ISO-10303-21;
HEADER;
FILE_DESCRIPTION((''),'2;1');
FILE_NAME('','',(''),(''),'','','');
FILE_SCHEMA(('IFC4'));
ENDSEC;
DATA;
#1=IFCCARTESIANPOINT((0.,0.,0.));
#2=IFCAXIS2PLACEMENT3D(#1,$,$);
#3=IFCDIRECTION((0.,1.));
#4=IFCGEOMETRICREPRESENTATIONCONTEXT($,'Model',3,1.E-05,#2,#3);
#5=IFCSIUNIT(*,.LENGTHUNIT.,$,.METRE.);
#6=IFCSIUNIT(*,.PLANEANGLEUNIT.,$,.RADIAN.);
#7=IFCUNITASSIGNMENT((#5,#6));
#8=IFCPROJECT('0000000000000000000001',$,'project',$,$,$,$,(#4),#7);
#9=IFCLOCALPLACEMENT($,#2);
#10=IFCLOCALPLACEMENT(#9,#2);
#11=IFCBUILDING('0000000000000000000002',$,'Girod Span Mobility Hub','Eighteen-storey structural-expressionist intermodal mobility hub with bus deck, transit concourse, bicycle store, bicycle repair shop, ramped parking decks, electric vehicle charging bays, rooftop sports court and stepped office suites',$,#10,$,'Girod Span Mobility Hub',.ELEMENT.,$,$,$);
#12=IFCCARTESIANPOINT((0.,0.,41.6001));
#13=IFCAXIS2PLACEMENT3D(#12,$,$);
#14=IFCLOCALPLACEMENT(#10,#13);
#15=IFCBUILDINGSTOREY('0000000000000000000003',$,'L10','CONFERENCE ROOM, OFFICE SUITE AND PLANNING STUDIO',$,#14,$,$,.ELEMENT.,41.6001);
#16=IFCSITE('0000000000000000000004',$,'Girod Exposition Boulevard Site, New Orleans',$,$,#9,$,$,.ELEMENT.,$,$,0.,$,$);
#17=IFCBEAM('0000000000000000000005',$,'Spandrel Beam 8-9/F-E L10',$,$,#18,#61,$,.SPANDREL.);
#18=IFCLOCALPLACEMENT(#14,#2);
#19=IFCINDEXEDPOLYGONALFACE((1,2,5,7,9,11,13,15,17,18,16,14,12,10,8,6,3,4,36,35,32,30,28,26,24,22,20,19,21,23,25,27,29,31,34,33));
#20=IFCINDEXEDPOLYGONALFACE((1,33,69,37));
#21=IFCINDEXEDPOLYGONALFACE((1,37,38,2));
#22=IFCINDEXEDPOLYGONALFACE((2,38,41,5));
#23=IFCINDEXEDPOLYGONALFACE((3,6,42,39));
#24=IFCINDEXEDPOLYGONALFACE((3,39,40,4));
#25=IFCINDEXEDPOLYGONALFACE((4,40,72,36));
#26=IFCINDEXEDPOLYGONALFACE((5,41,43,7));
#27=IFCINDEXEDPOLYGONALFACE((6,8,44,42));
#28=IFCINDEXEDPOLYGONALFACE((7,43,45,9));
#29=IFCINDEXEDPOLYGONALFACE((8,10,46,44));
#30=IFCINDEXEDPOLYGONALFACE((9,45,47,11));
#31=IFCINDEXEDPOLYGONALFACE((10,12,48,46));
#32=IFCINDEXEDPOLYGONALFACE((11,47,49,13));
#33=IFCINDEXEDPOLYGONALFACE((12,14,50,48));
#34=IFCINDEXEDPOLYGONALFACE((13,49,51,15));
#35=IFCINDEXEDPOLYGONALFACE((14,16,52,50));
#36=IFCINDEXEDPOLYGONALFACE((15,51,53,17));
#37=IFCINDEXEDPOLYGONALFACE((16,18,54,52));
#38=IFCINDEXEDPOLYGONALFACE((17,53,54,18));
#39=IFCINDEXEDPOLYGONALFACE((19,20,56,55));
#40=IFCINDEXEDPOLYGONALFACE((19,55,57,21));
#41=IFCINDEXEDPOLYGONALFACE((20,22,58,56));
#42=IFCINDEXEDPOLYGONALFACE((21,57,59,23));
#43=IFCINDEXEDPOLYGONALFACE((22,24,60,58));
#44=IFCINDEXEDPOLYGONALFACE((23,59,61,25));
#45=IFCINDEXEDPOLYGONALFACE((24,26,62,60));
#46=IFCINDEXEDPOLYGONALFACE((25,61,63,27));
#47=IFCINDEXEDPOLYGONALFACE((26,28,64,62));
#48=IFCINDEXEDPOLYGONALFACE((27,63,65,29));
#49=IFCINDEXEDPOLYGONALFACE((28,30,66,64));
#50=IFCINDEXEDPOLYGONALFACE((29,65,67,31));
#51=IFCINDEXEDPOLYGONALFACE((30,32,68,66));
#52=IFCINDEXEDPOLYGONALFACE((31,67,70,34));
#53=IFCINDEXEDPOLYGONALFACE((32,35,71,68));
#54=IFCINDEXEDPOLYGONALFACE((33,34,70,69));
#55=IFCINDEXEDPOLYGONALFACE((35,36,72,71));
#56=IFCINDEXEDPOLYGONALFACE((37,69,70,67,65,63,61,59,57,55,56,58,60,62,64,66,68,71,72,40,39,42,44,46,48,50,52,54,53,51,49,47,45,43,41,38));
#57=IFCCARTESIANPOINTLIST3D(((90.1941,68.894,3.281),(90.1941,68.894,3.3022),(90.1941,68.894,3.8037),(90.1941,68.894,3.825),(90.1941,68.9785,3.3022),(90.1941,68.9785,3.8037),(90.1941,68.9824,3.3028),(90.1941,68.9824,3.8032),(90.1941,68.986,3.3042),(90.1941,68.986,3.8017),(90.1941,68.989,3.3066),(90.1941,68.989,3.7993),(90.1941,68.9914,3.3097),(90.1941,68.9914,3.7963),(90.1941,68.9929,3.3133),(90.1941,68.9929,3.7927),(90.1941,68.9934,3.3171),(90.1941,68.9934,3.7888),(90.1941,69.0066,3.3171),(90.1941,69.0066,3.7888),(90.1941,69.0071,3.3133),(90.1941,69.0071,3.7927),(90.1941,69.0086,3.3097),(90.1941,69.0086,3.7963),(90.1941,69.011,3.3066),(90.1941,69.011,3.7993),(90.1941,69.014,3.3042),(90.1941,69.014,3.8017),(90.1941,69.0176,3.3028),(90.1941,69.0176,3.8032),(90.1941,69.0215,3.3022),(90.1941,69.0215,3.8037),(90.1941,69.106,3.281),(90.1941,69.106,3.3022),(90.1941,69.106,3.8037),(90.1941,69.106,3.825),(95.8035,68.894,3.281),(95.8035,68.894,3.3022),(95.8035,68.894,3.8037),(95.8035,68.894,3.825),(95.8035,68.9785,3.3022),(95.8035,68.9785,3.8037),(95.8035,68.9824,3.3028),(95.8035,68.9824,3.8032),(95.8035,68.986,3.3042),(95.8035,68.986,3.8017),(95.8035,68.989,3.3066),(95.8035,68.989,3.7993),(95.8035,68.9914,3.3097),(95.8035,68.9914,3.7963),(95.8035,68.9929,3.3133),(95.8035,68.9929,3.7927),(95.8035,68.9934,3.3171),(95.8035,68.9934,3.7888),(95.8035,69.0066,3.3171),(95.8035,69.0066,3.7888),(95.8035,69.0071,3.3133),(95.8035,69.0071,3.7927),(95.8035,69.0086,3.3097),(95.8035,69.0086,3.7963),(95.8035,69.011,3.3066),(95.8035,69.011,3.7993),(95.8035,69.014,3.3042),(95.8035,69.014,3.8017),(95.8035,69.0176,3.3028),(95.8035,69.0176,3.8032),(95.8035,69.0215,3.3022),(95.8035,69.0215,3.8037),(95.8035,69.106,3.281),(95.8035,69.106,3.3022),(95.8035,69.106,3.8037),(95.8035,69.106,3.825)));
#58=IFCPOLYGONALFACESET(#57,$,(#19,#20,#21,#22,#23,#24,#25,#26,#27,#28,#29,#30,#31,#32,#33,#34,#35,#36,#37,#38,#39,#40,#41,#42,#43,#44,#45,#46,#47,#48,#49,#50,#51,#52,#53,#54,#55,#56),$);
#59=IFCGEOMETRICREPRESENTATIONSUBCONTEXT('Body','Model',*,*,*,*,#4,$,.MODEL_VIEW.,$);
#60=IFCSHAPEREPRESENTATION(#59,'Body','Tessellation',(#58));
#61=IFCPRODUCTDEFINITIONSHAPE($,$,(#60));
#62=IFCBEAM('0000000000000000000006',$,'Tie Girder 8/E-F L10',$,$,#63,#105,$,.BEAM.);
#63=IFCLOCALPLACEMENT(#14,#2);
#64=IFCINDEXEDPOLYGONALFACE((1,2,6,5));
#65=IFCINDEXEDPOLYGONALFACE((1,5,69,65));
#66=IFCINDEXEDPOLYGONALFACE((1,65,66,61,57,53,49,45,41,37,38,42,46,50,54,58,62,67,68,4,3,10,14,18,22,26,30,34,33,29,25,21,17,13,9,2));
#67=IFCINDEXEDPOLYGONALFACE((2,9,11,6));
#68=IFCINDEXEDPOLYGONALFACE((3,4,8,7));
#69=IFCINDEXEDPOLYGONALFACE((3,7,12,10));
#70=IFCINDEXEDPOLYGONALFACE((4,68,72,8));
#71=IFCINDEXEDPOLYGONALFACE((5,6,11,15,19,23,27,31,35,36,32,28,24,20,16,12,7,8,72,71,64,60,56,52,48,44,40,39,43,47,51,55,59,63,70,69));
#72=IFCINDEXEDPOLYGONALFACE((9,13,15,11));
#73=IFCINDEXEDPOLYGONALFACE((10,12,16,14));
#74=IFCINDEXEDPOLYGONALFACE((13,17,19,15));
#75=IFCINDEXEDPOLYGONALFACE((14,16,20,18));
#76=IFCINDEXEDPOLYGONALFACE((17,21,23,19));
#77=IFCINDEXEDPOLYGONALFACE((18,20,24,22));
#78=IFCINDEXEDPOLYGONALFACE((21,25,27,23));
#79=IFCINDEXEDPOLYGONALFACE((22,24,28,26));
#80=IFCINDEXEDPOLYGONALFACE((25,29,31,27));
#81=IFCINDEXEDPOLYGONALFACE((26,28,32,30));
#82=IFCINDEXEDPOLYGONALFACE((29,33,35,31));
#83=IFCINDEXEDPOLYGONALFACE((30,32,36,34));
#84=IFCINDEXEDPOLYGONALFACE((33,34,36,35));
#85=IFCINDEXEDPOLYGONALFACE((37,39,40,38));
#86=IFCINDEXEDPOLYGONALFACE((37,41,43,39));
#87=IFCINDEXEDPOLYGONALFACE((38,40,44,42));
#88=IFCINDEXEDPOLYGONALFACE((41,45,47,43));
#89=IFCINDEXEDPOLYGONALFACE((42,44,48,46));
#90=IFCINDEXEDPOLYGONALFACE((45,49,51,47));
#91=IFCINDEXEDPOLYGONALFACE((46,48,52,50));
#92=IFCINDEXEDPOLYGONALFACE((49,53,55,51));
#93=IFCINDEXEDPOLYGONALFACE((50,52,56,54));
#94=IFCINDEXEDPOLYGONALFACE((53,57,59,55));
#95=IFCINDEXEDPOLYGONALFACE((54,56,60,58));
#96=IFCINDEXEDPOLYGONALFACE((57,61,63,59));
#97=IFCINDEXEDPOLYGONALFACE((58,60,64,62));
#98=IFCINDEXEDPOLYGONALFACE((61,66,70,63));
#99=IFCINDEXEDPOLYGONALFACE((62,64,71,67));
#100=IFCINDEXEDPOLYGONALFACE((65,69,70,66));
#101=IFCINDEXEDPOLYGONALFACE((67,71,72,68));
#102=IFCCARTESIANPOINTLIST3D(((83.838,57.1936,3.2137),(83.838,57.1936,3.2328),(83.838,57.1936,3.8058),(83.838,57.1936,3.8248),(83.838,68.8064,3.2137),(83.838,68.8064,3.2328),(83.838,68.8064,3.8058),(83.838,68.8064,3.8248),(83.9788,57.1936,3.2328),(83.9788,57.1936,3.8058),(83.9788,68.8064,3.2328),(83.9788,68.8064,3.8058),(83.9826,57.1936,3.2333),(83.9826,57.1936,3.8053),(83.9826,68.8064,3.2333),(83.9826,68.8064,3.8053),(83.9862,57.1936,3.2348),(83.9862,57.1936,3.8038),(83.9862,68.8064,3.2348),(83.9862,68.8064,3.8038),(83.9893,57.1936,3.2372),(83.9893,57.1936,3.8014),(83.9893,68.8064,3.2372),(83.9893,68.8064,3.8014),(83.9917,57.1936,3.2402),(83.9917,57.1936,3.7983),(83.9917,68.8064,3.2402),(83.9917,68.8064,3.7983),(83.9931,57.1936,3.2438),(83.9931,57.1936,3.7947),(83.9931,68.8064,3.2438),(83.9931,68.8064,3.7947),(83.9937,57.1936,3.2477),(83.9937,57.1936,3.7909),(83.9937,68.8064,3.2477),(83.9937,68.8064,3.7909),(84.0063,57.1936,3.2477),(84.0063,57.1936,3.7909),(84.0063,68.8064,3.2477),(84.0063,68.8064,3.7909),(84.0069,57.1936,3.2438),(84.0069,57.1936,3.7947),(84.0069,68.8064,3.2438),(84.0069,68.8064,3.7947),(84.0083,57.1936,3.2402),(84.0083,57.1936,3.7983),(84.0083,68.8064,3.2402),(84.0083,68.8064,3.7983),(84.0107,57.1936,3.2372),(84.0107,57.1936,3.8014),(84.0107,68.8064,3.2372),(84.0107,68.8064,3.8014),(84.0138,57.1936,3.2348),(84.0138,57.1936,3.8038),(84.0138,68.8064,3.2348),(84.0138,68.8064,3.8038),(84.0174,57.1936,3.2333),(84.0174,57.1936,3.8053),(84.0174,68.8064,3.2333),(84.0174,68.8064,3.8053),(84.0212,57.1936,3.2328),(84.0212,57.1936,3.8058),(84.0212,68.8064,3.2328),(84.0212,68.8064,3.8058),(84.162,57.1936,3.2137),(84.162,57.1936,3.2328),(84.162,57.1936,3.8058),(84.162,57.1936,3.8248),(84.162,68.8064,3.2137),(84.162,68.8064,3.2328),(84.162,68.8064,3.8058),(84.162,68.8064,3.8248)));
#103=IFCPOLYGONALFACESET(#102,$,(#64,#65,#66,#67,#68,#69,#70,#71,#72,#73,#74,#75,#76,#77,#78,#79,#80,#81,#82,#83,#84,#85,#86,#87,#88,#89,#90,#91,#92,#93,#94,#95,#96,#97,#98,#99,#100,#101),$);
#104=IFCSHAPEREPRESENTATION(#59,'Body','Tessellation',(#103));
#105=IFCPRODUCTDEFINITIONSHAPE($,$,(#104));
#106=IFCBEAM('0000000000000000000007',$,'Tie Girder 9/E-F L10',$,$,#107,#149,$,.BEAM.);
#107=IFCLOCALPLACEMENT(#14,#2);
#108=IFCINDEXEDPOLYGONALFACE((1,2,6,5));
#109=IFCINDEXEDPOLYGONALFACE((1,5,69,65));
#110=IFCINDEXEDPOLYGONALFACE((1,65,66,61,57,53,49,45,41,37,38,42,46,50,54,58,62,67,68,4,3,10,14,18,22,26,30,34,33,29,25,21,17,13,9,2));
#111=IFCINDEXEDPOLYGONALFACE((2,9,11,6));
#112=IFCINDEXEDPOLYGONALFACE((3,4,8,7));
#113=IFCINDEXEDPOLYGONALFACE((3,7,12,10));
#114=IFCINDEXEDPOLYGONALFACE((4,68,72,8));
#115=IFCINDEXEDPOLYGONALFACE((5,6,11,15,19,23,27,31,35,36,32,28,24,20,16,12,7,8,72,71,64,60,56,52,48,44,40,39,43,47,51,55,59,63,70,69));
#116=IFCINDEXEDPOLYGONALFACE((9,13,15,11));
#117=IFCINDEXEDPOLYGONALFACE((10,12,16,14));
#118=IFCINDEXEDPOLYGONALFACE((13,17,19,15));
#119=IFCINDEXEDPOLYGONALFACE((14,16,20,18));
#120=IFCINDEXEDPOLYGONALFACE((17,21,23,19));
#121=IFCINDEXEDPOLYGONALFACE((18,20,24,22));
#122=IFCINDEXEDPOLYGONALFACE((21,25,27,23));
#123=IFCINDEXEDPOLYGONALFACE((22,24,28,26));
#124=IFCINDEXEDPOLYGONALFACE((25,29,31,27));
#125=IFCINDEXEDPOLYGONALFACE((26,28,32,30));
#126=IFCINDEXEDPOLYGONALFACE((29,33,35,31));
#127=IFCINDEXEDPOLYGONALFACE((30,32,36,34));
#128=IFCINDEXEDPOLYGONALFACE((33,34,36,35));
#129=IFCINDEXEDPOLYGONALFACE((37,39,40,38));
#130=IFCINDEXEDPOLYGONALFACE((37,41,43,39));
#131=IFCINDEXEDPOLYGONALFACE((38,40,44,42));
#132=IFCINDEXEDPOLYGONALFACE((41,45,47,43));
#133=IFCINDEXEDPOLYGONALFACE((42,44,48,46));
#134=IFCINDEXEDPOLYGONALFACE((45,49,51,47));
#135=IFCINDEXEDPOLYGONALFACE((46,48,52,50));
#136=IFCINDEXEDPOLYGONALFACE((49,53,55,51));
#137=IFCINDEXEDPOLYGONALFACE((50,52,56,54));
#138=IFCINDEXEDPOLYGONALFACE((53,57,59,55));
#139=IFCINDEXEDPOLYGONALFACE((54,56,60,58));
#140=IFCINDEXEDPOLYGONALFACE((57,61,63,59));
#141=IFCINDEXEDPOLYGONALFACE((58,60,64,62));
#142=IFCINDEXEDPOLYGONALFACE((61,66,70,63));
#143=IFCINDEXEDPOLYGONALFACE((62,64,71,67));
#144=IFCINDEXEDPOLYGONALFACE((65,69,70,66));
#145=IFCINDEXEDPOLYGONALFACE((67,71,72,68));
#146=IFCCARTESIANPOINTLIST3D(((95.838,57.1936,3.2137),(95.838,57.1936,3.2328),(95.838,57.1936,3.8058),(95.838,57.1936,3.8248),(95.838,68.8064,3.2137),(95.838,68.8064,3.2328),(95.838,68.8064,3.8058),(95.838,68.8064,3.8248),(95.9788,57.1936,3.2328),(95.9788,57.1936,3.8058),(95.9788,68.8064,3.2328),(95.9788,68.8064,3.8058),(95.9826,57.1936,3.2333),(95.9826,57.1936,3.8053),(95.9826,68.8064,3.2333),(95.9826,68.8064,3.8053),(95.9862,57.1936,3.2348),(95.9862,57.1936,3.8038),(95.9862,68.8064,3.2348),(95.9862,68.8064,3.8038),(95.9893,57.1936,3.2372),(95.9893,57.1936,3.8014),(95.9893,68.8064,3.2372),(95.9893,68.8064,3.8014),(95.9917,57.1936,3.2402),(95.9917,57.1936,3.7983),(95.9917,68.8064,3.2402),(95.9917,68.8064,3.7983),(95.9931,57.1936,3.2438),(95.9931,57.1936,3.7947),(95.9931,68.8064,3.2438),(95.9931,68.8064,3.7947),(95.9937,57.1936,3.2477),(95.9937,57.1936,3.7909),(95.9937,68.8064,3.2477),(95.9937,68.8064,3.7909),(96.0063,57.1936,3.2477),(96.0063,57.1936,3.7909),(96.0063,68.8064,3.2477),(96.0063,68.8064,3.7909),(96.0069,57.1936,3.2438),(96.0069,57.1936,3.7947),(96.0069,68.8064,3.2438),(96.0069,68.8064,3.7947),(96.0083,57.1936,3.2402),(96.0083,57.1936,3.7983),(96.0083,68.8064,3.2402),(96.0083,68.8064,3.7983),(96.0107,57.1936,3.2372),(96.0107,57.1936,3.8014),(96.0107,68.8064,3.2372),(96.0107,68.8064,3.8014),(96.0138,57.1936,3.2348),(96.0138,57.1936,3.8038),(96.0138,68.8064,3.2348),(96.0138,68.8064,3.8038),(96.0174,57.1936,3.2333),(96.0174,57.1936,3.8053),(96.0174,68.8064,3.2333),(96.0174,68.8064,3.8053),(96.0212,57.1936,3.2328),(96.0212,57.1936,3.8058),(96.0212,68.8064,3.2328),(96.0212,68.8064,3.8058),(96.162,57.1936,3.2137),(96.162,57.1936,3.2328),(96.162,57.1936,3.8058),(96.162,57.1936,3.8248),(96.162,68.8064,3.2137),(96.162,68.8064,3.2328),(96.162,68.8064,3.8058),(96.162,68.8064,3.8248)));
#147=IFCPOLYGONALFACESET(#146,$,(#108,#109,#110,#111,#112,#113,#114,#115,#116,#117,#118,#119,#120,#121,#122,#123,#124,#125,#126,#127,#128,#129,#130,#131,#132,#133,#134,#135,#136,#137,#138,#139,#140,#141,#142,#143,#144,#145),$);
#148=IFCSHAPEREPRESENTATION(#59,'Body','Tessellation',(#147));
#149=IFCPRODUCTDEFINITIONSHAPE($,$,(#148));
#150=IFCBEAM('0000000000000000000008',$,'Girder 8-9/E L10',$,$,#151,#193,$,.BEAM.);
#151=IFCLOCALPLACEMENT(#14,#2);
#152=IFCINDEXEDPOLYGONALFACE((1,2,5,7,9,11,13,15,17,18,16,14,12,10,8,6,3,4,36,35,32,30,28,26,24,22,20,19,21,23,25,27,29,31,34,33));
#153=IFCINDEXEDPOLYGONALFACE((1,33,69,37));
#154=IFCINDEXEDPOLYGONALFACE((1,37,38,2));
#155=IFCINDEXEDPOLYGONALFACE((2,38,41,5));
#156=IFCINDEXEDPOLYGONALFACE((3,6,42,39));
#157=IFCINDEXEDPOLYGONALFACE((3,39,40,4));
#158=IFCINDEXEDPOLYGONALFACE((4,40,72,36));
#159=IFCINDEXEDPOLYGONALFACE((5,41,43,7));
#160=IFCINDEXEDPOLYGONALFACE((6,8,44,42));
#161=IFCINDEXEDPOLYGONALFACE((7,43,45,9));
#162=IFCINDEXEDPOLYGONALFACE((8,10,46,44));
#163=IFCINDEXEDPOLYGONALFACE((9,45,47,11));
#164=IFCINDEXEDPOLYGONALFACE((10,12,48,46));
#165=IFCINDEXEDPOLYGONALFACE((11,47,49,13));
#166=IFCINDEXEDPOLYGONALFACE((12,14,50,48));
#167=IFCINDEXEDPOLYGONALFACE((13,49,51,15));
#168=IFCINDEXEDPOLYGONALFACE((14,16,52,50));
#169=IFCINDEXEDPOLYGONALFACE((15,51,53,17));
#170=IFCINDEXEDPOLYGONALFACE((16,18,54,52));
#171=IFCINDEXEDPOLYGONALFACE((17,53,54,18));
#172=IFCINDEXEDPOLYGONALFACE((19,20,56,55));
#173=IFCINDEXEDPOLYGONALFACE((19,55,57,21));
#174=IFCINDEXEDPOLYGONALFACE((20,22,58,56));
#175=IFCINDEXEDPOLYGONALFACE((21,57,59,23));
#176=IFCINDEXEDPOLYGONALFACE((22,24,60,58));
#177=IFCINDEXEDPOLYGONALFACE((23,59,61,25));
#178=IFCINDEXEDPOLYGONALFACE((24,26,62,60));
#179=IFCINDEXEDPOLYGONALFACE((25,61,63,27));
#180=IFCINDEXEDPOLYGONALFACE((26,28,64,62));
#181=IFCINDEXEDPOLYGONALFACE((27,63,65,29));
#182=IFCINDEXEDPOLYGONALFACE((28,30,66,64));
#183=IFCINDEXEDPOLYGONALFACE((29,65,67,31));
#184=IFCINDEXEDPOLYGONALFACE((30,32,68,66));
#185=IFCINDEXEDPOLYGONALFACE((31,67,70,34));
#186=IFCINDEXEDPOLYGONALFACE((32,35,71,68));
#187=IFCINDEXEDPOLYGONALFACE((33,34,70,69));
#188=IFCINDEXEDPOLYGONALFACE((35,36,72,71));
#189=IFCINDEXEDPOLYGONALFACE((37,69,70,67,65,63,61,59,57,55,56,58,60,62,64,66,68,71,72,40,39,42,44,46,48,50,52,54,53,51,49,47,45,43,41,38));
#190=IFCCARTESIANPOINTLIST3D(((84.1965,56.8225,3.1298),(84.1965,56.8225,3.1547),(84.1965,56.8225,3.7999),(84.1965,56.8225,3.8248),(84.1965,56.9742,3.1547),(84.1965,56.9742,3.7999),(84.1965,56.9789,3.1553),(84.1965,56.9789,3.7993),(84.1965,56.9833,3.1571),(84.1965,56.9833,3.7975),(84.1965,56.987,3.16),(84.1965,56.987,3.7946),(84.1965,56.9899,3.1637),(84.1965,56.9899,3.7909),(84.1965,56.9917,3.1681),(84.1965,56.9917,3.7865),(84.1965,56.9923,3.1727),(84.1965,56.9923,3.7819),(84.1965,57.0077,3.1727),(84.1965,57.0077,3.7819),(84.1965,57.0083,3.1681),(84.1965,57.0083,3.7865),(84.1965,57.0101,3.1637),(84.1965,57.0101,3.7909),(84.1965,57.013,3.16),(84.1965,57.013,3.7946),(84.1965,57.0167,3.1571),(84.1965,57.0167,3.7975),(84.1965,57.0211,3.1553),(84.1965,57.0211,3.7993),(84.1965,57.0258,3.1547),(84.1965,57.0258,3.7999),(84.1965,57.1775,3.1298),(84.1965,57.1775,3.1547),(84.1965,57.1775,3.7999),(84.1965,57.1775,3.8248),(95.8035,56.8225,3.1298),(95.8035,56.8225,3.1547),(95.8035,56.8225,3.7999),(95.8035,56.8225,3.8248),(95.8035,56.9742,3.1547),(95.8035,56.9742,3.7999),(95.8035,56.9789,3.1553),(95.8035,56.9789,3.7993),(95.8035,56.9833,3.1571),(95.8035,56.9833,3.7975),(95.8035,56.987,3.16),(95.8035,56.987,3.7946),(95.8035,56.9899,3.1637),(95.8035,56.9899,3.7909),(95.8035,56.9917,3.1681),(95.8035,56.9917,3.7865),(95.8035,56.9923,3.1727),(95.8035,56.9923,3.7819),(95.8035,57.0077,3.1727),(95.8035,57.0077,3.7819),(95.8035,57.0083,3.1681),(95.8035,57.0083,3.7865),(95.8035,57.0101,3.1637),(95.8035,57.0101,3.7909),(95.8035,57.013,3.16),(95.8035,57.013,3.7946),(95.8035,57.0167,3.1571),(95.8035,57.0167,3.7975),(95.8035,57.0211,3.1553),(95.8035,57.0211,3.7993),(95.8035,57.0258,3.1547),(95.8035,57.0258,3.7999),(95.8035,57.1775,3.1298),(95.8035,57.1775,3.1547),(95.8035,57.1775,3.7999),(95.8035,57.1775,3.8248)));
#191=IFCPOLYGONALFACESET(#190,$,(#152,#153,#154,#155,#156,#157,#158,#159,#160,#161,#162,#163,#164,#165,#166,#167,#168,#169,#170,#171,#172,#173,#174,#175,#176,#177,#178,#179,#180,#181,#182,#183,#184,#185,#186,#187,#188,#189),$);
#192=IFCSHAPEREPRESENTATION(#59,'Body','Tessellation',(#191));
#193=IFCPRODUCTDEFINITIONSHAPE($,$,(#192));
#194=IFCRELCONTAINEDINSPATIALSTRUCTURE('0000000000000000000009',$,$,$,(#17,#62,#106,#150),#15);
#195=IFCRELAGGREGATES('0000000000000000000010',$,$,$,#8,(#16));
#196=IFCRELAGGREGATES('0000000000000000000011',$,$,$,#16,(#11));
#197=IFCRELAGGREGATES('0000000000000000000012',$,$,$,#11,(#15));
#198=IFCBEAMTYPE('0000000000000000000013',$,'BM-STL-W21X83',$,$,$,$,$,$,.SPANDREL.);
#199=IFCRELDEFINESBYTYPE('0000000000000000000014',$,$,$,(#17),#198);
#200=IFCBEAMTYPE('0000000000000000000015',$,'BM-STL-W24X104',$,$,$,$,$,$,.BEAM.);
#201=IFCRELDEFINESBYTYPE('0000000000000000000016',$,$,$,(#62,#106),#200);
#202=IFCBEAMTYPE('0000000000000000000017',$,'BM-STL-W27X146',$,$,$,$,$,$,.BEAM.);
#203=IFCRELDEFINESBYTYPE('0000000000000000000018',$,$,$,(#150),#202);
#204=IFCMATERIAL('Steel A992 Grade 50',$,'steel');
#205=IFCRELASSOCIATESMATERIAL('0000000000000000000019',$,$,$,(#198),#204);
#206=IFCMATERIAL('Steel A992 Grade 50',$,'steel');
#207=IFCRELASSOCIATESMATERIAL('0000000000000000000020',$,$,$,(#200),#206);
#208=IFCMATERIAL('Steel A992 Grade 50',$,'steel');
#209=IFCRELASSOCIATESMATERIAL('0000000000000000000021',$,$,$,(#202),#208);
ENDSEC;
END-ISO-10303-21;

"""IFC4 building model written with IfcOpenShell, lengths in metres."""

from ifc_helpers import new_model, si_unit, direction, frame, origin, origin_2d, place, context, subcontext, project, spatial, i_section, extrude, material, material_profile, profile_set, type_object, element, save


model = new_model("IFC4")

# Units and contexts
model_context = context("Model", 3, precision=1e-05, world=origin(), true_north=direction((0.0, 1.0)))
body_context = subcontext(model_context, "Body", "Model", "MODEL_VIEW")
ifc_project = project(units=[si_unit("LENGTHUNIT", "METRE"), si_unit("PLANEANGLEUNIT", "RADIAN")], contexts=[model_context])

# Site, building, storey
site_placement = place(None, origin())
site = spatial("IfcSite", under=ifc_project, at=site_placement, Name="Girod Exposition Boulevard Site, New Orleans", CompositionType="ELEMENT", RefElevation=0.0)
building_placement = place(site_placement, origin())
building = spatial("IfcBuilding", under=site, at=building_placement, Name="Girod Span Mobility Hub", Description="Eighteen-storey structural-expressionist intermodal mobility hub with bus deck, transit concourse, bicycle store, bicycle repair shop, ramped parking decks, electric vehicle charging bays, rooftop sports court and stepped office suites", LongName="Girod Span Mobility Hub", CompositionType="ELEMENT")
storey_placement = place(building_placement, frame((0.0, 0.0, 41.6001)))
storey = spatial("IfcBuildingStorey", under=building, at=storey_placement, Name="L10", Description="CONFERENCE ROOM, OFFICE SUITE AND PLANNING STUDIO", CompositionType="ELEMENT", Elevation=41.6001)

# Beams
ifc_material_1 = material(Name="Steel A992 Grade 50", Category="steel")
ifc_material_profile_1 = material_profile(ifc_material_1, i_section(OverallWidth=0.2119, OverallDepth=0.5439, WebThickness=0.0132, FlangeThickness=0.0212, FilletRadius=0.0149, at=origin_2d()), Name="W21X83")
ifc_profile_set_1 = profile_set([ifc_material_profile_1], Name="Steel A992 Grade 50")
beam_type_1 = type_object("IfcBeamType", Name="BM-STL-W21X83", PredefinedType="SPANDREL", material=ifc_profile_set_1)
for number, where, z_axis, x_axis, name in (
    (1, (90.1941, 69.0, 3.553), (1.0, 0.0, 0.0), (0.0, 1.0, 0.0), "Spandrel Beam 8-9/F-E L10"),
):
    element("IfcBeam", number, at=place(storey_placement, frame(where, z_axis=z_axis, x_axis=x_axis)), inside=storey, type_object=beam_type_1, Name=name, PredefinedType="SPANDREL", context=body_context, shape_type="SweptSolid", body=[
        extrude(i_section(OverallWidth=0.2119, OverallDepth=0.5439, WebThickness=0.0132, FlangeThickness=0.0212, FilletRadius=0.0149, at=origin_2d()), origin(), (0.0, 0.0, 1.0), 5.6094),
    ])
ifc_material_2 = material(Name="Steel A992 Grade 50", Category="steel")
ifc_material_profile_2 = material_profile(ifc_material_2, i_section(OverallWidth=0.324, OverallDepth=0.6111, WebThickness=0.0127, FlangeThickness=0.019, FilletRadius=0.0149, at=origin_2d()), Name="W24X104")
ifc_profile_set_2 = profile_set([ifc_material_profile_2], Name="Steel A992 Grade 50")
beam_type_2 = type_object("IfcBeamType", Name="BM-STL-W24X104", PredefinedType="BEAM", material=ifc_profile_set_2)
for number, where, z_axis, x_axis, name in (
    (2, (84.0, 57.1936, 3.5193), (0.0, 1.0, 0.0), (-1.0, 0.0, 0.0), "Tie Girder 8/E-F L10"),
    (3, (96.0, 57.1936, 3.5193), (0.0, 1.0, 0.0), (-1.0, 0.0, 0.0), "Tie Girder 9/E-F L10"),
):
    element("IfcBeam", number, at=place(storey_placement, frame(where, z_axis=z_axis, x_axis=x_axis)), inside=storey, type_object=beam_type_2, Name=name, PredefinedType="BEAM", context=body_context, shape_type="SweptSolid", body=[
        extrude(i_section(OverallWidth=0.324, OverallDepth=0.6111, WebThickness=0.0127, FlangeThickness=0.019, FilletRadius=0.0149, at=origin_2d()), origin(), (0.0, 0.0, 1.0), 11.6128),
    ])
ifc_material_3 = material(Name="Steel A992 Grade 50", Category="steel")
ifc_material_profile_3 = material_profile(ifc_material_3, i_section(OverallWidth=0.355, OverallDepth=0.6951, WebThickness=0.0154, FlangeThickness=0.0249, FilletRadius=0.0181, at=origin_2d()), Name="W27X146")
ifc_profile_set_3 = profile_set([ifc_material_profile_3], Name="Steel A992 Grade 50")
beam_type_3 = type_object("IfcBeamType", Name="BM-STL-W27X146", PredefinedType="BEAM", material=ifc_profile_set_3)
beam_placement = place(storey_placement, frame((84.1965, 57.0, 3.4773), z_axis=(1.0, 0.0, 0.0), x_axis=(0.0, 1.0, 0.0)))
element("IfcBeam", 4, at=beam_placement, inside=storey, type_object=beam_type_3, Name="Girder 8-9/E L10", PredefinedType="BEAM", context=body_context, shape_type="SweptSolid", body=[
    extrude(i_section(OverallWidth=0.355, OverallDepth=0.6951, WebThickness=0.0154, FlangeThickness=0.0249, FilletRadius=0.0181, at=origin_2d()), origin(), (0.0, 0.0, 1.0), 11.6069),
])

save(model, "model.ifc")
